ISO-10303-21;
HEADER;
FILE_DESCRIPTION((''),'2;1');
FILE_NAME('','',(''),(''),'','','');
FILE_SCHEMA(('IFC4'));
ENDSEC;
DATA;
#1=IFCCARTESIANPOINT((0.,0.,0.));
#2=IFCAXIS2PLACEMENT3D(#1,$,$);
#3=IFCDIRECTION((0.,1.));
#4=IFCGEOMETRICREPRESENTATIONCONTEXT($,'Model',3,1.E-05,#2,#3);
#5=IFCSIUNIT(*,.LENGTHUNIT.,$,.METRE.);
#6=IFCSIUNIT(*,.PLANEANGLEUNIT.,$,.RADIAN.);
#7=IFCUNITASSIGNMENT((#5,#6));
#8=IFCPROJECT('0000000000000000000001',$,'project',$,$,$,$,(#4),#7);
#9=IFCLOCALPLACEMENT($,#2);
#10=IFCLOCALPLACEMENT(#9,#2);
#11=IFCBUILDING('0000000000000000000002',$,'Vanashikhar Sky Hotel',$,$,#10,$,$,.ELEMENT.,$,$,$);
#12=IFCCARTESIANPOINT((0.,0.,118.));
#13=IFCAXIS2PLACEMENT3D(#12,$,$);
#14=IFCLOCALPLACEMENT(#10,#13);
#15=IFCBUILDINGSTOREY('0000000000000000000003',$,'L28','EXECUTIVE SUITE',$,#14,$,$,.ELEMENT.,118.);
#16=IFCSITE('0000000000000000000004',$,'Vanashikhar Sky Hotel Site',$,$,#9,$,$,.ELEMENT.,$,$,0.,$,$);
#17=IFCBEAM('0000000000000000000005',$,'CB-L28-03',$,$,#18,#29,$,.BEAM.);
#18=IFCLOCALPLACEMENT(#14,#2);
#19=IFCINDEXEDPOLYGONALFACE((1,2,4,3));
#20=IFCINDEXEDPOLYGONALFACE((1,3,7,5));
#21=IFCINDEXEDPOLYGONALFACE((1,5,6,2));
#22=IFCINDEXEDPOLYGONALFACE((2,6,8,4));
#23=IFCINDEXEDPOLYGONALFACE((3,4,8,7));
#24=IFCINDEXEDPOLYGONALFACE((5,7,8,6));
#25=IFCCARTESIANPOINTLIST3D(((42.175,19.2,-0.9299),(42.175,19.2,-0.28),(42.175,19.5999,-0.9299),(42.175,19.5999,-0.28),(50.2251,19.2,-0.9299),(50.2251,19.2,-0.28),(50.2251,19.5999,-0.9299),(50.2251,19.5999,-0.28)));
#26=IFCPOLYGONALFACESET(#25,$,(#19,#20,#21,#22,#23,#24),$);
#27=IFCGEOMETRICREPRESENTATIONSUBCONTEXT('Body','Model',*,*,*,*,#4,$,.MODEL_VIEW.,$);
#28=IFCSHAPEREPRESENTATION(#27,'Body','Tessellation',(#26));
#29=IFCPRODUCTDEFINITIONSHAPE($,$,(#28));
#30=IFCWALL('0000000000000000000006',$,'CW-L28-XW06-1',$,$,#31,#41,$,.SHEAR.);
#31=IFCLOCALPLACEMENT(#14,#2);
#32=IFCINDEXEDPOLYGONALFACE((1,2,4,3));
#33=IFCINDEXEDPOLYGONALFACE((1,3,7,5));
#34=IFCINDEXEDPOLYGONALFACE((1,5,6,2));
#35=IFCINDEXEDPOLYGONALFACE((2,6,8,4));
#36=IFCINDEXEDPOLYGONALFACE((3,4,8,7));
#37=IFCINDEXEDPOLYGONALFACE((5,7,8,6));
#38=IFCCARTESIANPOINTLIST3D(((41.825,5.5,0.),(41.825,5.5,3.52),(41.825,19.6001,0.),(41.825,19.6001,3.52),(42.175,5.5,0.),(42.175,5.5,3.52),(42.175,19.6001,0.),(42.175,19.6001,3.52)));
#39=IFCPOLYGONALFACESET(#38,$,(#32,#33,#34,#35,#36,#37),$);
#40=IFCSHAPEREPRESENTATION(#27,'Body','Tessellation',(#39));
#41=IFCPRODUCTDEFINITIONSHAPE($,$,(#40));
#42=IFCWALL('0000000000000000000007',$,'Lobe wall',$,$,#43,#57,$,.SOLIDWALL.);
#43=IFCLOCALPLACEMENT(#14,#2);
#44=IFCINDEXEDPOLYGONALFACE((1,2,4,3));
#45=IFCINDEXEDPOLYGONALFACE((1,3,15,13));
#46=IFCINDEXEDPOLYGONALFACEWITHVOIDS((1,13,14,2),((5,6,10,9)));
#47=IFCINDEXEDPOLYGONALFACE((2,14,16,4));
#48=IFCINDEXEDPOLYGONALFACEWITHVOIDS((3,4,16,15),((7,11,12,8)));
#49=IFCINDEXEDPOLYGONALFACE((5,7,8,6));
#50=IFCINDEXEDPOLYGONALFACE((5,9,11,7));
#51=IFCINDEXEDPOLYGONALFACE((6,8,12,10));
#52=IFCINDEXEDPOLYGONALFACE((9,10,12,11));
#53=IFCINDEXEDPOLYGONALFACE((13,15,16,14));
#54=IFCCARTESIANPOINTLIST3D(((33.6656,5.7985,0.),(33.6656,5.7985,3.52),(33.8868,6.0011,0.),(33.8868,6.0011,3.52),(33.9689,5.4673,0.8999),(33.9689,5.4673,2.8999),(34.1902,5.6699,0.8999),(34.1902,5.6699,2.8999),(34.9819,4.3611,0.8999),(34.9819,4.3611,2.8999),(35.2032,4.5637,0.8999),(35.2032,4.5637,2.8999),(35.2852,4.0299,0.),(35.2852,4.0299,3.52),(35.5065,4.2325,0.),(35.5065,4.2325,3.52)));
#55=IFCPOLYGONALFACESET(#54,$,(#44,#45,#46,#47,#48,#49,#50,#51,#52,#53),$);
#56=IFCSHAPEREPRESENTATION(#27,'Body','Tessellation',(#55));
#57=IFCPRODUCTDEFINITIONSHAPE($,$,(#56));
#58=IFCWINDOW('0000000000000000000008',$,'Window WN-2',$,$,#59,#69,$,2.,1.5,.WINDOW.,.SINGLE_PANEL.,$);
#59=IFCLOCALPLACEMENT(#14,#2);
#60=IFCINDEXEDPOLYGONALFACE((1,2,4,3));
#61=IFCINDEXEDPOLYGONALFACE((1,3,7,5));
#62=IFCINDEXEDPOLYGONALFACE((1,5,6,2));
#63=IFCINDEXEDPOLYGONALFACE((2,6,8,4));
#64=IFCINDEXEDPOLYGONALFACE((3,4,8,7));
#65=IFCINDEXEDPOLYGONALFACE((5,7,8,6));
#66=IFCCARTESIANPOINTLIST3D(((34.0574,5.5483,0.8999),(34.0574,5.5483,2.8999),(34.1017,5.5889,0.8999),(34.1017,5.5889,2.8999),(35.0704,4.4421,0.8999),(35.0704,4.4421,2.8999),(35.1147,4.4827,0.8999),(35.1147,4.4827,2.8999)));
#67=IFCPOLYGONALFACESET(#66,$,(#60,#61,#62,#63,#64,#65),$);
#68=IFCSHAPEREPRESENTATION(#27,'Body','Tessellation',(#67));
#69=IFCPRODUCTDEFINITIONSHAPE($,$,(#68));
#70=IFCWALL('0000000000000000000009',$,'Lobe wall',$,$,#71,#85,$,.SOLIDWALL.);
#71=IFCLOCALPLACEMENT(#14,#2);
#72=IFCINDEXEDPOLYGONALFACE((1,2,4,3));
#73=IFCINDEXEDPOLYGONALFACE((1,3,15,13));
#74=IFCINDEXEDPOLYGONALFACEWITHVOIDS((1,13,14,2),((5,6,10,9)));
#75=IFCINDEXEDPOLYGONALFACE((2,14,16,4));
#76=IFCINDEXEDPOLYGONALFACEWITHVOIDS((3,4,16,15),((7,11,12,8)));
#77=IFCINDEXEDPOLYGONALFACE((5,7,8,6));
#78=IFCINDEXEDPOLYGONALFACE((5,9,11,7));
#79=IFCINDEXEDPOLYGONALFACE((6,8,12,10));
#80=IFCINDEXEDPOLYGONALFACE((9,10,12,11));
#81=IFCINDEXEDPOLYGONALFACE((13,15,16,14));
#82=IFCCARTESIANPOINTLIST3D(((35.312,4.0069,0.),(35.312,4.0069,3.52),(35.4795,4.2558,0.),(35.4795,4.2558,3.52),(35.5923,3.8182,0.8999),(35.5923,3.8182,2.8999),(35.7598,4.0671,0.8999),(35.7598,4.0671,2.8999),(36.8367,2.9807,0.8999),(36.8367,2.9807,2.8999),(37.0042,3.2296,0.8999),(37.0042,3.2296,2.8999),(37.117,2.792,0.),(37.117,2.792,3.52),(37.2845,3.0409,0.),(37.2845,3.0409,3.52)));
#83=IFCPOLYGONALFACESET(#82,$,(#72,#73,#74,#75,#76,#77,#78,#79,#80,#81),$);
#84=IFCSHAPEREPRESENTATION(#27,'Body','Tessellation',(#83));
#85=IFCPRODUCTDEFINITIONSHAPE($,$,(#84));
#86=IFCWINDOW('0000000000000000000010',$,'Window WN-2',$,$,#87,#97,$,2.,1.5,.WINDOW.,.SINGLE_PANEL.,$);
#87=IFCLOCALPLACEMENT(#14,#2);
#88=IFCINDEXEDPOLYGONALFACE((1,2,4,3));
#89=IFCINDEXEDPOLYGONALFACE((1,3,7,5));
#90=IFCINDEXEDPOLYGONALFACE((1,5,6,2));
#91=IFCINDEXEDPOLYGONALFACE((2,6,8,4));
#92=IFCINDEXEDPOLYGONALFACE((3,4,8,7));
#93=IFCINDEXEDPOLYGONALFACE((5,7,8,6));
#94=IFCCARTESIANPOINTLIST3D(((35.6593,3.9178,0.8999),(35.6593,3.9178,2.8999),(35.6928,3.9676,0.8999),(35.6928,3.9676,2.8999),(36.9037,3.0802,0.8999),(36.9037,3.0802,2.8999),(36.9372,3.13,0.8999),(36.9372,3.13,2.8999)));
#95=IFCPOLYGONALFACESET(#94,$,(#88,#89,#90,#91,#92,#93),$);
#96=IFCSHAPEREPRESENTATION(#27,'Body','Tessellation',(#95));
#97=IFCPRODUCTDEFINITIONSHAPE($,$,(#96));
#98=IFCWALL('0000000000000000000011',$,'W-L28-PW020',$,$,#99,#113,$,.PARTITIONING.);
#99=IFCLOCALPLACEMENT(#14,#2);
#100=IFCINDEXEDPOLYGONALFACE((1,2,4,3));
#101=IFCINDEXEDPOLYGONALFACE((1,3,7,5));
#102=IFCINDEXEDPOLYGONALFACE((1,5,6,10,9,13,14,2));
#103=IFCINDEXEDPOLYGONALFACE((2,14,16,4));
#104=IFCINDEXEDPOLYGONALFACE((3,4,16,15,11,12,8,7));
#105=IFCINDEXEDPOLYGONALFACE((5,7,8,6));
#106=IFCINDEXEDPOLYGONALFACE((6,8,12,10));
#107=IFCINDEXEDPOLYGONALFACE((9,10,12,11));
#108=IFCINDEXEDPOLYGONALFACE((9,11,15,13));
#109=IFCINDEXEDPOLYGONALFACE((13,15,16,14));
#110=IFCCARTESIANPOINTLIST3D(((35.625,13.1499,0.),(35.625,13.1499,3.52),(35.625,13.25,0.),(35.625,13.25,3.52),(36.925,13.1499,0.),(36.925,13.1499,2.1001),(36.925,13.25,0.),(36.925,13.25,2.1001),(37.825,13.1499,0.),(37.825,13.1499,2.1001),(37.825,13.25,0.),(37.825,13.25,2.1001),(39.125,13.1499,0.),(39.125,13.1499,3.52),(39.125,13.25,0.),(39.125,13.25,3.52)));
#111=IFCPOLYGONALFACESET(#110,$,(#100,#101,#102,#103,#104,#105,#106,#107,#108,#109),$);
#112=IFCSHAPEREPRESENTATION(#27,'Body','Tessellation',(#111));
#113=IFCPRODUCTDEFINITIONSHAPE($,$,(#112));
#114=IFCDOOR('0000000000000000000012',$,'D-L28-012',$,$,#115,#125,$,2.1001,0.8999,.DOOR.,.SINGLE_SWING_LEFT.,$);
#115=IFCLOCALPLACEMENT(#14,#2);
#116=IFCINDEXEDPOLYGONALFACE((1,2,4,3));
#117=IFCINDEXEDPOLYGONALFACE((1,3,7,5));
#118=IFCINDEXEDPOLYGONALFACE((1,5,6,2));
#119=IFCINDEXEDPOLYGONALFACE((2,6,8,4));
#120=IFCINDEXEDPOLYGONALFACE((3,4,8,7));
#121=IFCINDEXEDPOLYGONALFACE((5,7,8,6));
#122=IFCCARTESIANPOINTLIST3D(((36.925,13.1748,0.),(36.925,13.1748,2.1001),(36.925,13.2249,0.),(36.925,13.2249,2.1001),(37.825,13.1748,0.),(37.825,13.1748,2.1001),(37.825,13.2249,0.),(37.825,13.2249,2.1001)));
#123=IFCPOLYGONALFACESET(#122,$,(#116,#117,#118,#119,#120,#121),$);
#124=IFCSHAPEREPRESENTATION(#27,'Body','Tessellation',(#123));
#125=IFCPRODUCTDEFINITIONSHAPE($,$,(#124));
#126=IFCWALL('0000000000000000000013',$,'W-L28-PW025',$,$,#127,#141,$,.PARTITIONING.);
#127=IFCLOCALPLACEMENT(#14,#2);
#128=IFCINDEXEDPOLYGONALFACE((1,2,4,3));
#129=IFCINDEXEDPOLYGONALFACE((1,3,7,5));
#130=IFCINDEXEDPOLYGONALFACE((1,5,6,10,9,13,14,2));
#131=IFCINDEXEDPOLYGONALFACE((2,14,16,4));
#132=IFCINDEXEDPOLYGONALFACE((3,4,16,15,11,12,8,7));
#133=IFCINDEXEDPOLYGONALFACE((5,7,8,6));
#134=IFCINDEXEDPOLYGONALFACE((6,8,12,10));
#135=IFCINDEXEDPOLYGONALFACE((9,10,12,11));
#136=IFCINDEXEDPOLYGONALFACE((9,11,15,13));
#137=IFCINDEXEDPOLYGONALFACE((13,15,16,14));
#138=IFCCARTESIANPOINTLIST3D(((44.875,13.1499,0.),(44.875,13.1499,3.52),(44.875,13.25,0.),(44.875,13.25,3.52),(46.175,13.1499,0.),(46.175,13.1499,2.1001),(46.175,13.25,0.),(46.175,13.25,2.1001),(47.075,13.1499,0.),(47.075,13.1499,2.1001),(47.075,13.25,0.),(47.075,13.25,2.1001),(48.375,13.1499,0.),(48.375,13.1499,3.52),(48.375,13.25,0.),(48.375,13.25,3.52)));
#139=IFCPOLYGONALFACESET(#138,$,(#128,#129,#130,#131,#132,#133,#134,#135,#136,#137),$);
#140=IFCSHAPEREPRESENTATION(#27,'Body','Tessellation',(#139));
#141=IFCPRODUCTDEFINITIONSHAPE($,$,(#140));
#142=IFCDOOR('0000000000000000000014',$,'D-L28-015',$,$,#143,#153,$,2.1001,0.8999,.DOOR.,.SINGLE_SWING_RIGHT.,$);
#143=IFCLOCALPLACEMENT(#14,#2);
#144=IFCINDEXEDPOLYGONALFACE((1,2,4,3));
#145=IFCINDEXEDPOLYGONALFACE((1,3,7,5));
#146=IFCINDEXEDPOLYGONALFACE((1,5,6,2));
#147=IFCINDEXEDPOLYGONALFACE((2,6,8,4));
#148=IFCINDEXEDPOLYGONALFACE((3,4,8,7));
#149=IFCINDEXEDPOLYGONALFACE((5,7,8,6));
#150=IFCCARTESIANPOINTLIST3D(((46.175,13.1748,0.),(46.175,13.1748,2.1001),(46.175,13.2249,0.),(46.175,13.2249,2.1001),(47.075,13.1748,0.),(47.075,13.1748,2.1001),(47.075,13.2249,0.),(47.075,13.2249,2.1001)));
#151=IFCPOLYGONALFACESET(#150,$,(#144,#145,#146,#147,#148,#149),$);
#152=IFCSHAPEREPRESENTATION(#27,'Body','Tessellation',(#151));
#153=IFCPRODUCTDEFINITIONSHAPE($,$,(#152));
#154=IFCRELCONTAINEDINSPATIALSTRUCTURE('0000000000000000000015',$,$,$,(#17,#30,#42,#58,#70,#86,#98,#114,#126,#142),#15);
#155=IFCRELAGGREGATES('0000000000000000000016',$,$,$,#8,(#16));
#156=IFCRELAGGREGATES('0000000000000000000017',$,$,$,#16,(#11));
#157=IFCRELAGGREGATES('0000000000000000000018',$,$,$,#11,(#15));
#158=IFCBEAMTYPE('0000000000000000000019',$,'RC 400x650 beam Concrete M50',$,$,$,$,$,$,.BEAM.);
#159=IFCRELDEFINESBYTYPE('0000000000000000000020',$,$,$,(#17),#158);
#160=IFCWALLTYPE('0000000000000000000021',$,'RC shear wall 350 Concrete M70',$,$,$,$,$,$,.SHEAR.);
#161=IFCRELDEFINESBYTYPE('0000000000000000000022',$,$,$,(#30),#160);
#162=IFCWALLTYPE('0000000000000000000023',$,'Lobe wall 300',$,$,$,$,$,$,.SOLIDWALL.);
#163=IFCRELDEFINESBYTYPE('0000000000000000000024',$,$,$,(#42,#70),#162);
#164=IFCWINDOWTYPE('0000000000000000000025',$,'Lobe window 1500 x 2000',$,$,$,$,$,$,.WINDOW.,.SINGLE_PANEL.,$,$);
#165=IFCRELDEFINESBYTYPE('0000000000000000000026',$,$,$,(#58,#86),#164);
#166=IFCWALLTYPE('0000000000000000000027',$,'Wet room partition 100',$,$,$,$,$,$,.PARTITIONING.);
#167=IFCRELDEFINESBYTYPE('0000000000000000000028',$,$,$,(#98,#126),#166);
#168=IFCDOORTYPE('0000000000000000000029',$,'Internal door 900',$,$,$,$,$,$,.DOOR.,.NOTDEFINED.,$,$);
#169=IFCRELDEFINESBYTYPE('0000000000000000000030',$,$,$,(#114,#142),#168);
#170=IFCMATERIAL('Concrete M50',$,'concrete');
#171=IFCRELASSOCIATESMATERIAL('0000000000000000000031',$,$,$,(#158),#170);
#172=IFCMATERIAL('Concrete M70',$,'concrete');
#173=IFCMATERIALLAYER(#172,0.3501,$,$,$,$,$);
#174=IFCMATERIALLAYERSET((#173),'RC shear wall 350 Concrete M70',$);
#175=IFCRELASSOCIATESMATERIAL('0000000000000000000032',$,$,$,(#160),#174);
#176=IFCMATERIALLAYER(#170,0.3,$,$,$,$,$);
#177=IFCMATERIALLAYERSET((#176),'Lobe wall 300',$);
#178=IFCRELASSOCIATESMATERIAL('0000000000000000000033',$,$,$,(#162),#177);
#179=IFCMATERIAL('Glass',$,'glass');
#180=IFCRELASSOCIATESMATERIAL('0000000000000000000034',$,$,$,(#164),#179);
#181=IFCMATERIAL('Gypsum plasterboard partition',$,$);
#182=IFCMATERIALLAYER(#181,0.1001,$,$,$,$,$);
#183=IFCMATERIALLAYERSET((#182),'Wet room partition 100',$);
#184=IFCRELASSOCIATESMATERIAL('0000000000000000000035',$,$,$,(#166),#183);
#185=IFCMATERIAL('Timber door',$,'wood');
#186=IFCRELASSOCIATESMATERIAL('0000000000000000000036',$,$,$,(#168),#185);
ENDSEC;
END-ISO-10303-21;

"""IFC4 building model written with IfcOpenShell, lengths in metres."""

from ifc_helpers import new_model, si_unit, direction, frame, frame_2d, origin, origin_2d, place, context, subcontext, project, spatial, rectangle, extrude, source, transform, mapped, material, layer, layer_set, material_profile, profile_set, type_object, element, fill, save


model = new_model("IFC4")

# Units and contexts
model_context = context("Model", 3, precision=1e-05, world=origin(), true_north=direction((0.0, 1.0)))
body_context = subcontext(model_context, "Body", "Model", "MODEL_VIEW")
ifc_project = project(units=[si_unit("LENGTHUNIT", "METRE"), si_unit("PLANEANGLEUNIT", "RADIAN")], contexts=[model_context])

# Site, building, storey
site_placement = place(None, origin())
site = spatial("IfcSite", under=ifc_project, at=site_placement, Name="Vanashikhar Sky Hotel Site", CompositionType="ELEMENT", RefElevation=0.0)
building_placement = place(site_placement, origin())
building = spatial("IfcBuilding", under=site, at=building_placement, Name="Vanashikhar Sky Hotel", CompositionType="ELEMENT")
storey_placement = place(building_placement, frame((0.0, 0.0, 118.0)))
storey = spatial("IfcBuildingStorey", under=building, at=storey_placement, Name="L28", Description="EXECUTIVE SUITE", CompositionType="ELEMENT", Elevation=118.0)

# Beam
ifc_material_1 = material(Name="Concrete M50", Category="concrete")
ifc_material_profile = material_profile(ifc_material_1, rectangle(XDim=0.3999, YDim=0.6499, at=origin_2d()))
ifc_profile_set = profile_set([ifc_material_profile], Name="RC 400x650 beam Concrete M50")
beam_type = type_object("IfcBeamType", Name="RC 400x650 beam Concrete M50", PredefinedType="BEAM", material=ifc_profile_set)
shared_shape_1 = source(origin(), body_context, "Body", "SweptSolid", [
    extrude(rectangle(XDim=0.3999, YDim=0.6499, at=origin_2d()), origin(), (0.0, 0.0, 1.0), 8.05),
])
beam_placement = place(storey_placement, frame((42.175, 19.3999, -0.605), z_axis=(1.0, 0.0, 0.0), x_axis=(0.0, 1.0, 0.0)))
element("IfcBeam", 1, at=beam_placement, inside=storey, type_object=beam_type, Name="CB-L28-03", PredefinedType="BEAM", context=body_context, shape_type="MappedRepresentation", body=[
    mapped(shared_shape_1, transform((0.0, 0.0, 0.0), scale=1.0)),
])

# Wall
ifc_material_2 = material(Name="Concrete M70", Category="concrete")
ifc_layer_1 = layer(ifc_material_2, 0.3501)
ifc_layer_set_1 = layer_set([ifc_layer_1], Name="RC shear wall 350 Concrete M70")
wall_type_1 = type_object("IfcWallType", Name="RC shear wall 350 Concrete M70", PredefinedType="SHEAR", material=ifc_layer_set_1)
shared_shape_2 = source(origin(), body_context, "Body", "SweptSolid", [
    extrude(rectangle(XDim=14.1001, YDim=0.3501, at=frame_2d((7.05, 0.0))), origin(), (0.0, 0.0, 1.0), 3.52),
])
wall_1_placement = place(storey_placement, frame((42.0, 5.5, 0.0), z_axis=(0.0, 0.0, 1.0), x_axis=(0.0, 1.0, 0.0)))
element("IfcWall", 2, at=wall_1_placement, inside=storey, type_object=wall_type_1, Name="CW-L28-XW06-1", PredefinedType="SHEAR", context=body_context, shape_type="MappedRepresentation", body=[
    mapped(shared_shape_2, transform((0.0, 0.0, 0.0), scale=1.0)),
])

# Walls, openings, windows
ifc_layer_2 = layer(ifc_material_1, 0.3)
ifc_layer_set_2 = layer_set([ifc_layer_2], Name="Lobe wall 300")
wall_type_2 = type_object("IfcWallType", Name="Lobe wall 300", PredefinedType="SOLIDWALL", material=ifc_layer_set_2)
shared_shape_3 = source(origin(), body_context, "Body", "SweptSolid", [
    extrude(rectangle(XDim=2.3982, YDim=0.3, at=frame_2d((1.1992, 0.0))), origin(), (0.0, 0.0, 1.0), 3.52),
])
wall_2_placement = place(storey_placement, frame((33.7761, 5.8999, 0.0), z_axis=(0.0, 0.0, 1.0), x_axis=(0.675374, -0.737475, 0.0)))
wall_2 = element("IfcWall", 3, at=wall_2_placement, inside=storey, type_object=wall_type_2, Name="Lobe wall", PredefinedType="SOLIDWALL", context=body_context, shape_type="MappedRepresentation", body=[
    mapped(shared_shape_3, transform((0.0, 0.0, 0.0), scale=1.0)),
])
shared_shape_4 = source(origin(), body_context, "Body", "SweptSolid", [
    extrude(rectangle(XDim=1.5, YDim=2.0, at=frame_2d((0.75, 1.0))), frame((0.0, 0.1602, 0.0), z_axis=(0.0, -1.0, 0.0), x_axis=(1.0, 0.0, 0.0)), (0.0, 0.0, 1.0), 0.3201),
])
opening_1_placement = place(wall_2_placement, frame((0.4492, 0.0, 0.8999)))
opening_1 = element("IfcOpeningElement", 4, at=opening_1_placement, cuts=wall_2, PredefinedType="OPENING", context=body_context, shape_type="MappedRepresentation", body=[
    mapped(shared_shape_4, transform((0.0, 0.0, 0.0), scale=1.0)),
])
ifc_material_3 = material(Name="Glass", Category="glass")
window_type = type_object("IfcWindowType", Name="Lobe window 1500 x 2000", PartitioningType="SINGLE_PANEL", PredefinedType="WINDOW", material=ifc_material_3)
shared_shape_5 = source(origin(), body_context, "Body", "SweptSolid", [
    extrude(rectangle(XDim=1.5, YDim=2.0, at=frame_2d((0.75, 1.0))), frame((0.0, 0.03, 0.0), z_axis=(0.0, -1.0, 0.0), x_axis=(1.0, 0.0, 0.0)), (0.0, 0.0, 1.0), 0.0601),
])
window_1_placement = place(opening_1_placement, origin())
window_1 = element("IfcWindow", 5, at=window_1_placement, inside=storey, type_object=window_type, Name="Window WN-2", OverallHeight=2.0, OverallWidth=1.5, PartitioningType="SINGLE_PANEL", PredefinedType="WINDOW", context=body_context, shape_type="MappedRepresentation", body=[
    mapped(shared_shape_5, transform((0.0, 0.0, 0.0), scale=1.0)),
])
fill(opening_1, window_1)
shared_shape_6 = source(origin(), body_context, "Body", "SweptSolid", [
    extrude(rectangle(XDim=2.1758, YDim=0.3, at=frame_2d((1.0879, 0.0))), origin(), (0.0, 0.0, 1.0), 3.52),
])
wall_3_placement = place(storey_placement, frame((35.3958, 4.1313, 0.0), z_axis=(0.0, 0.0, 1.0), x_axis=(0.829591, -0.558372, 0.0)))
wall_3 = element("IfcWall", 6, at=wall_3_placement, inside=storey, type_object=wall_type_2, Name="Lobe wall", PredefinedType="SOLIDWALL", context=body_context, shape_type="MappedRepresentation", body=[
    mapped(shared_shape_6, transform((0.0, 0.0, 0.0), scale=1.0)),
])
opening_2_placement = place(wall_3_placement, frame((0.3379, 0.0, 0.8999)))
opening_2 = element("IfcOpeningElement", 7, at=opening_2_placement, cuts=wall_3, PredefinedType="OPENING", context=body_context, shape_type="MappedRepresentation", body=[
    mapped(shared_shape_4, transform((0.0, 0.0, 0.0), scale=1.0)),
])
window_2_placement = place(opening_2_placement, origin())
window_2 = element("IfcWindow", 8, at=window_2_placement, inside=storey, type_object=window_type, Name="Window WN-2", OverallHeight=2.0, OverallWidth=1.5, PartitioningType="SINGLE_PANEL", PredefinedType="WINDOW", context=body_context, shape_type="MappedRepresentation", body=[
    mapped(shared_shape_5, transform((0.0, 0.0, 0.0), scale=1.0)),
])
fill(opening_2, window_2)

# Walls, openings, doors
ifc_material_4 = material(Name="Gypsum plasterboard partition")
ifc_layer_3 = layer(ifc_material_4, 0.1001)
ifc_layer_set_3 = layer_set([ifc_layer_3], Name="Wet room partition 100")
wall_type_3 = type_object("IfcWallType", Name="Wet room partition 100", PredefinedType="PARTITIONING", material=ifc_layer_set_3)
shared_shape_7 = source(origin(), body_context, "Body", "SweptSolid", [
    extrude(rectangle(XDim=3.5, YDim=0.1001, at=frame_2d((1.75, 0.0))), origin(), (0.0, 0.0, 1.0), 3.52),
])
wall_4_placement = place(storey_placement, frame((35.625, 13.2, 0.0), z_axis=(0.0, 0.0, 1.0), x_axis=(1.0, 0.0, 0.0)))
wall_4 = element("IfcWall", 9, at=wall_4_placement, inside=storey, type_object=wall_type_3, Name="W-L28-PW020", PredefinedType="PARTITIONING", context=body_context, shape_type="MappedRepresentation", body=[
    mapped(shared_shape_7, transform((0.0, 0.0, 0.0), scale=1.0)),
])
shared_shape_8 = source(origin(), body_context, "Body", "SweptSolid", [
    extrude(rectangle(XDim=0.8999, YDim=2.1001, at=frame_2d((0.45, 1.05))), frame((0.0, 0.0601, 0.0), z_axis=(0.0, -1.0, 0.0), x_axis=(1.0, 0.0, 0.0)), (0.0, 0.0, 1.0), 0.1201),
])
opening_3_placement = place(wall_4_placement, frame((1.3, 0.0, 0.0)))
opening_3 = element("IfcOpeningElement", 10, at=opening_3_placement, cuts=wall_4, PredefinedType="OPENING", context=body_context, shape_type="MappedRepresentation", body=[
    mapped(shared_shape_8, transform((0.0, 0.0, 0.0), scale=1.0)),
])
ifc_material_5 = material(Name="Timber door", Category="wood")
door_type_1 = type_object("IfcDoorType", Name="Internal door 900", OperationType="NOTDEFINED", PredefinedType="DOOR", material=ifc_material_5)
shared_shape_9 = source(origin(), body_context, "Body", "SweptSolid", [
    extrude(rectangle(XDim=0.8999, YDim=2.1001, at=frame_2d((0.45, 1.05))), frame((0.0, 0.0249, 0.0), z_axis=(0.0, -1.0, 0.0), x_axis=(1.0, 0.0, 0.0)), (0.0, 0.0, 1.0), 0.05),
])
door_1_placement = place(opening_3_placement, origin())
door_1 = element("IfcDoor", 11, at=door_1_placement, inside=storey, type_object=door_type_1, Name="D-L28-012", OperationType="SINGLE_SWING_LEFT", OverallHeight=2.1001, OverallWidth=0.8999, PredefinedType="DOOR", context=body_context, shape_type="MappedRepresentation", body=[
    mapped(shared_shape_9, transform((0.0, 0.0, 0.0), scale=1.0)),
])
fill(opening_3, door_1)
wall_5_placement = place(storey_placement, frame((44.875, 13.2, 0.0), z_axis=(0.0, 0.0, 1.0), x_axis=(1.0, 0.0, 0.0)))
wall_5 = element("IfcWall", 12, at=wall_5_placement, inside=storey, type_object=wall_type_3, Name="W-L28-PW025", PredefinedType="PARTITIONING", context=body_context, shape_type="MappedRepresentation", body=[
    mapped(shared_shape_7, transform((0.0, 0.0, 0.0), scale=1.0)),
])
opening_4_placement = place(wall_5_placement, frame((1.3, 0.0, 0.0)))
opening_4 = element("IfcOpeningElement", 13, at=opening_4_placement, cuts=wall_5, PredefinedType="OPENING", context=body_context, shape_type="MappedRepresentation", body=[
    mapped(shared_shape_8, transform((0.0, 0.0, 0.0), scale=1.0)),
])
door_2_placement = place(opening_4_placement, origin())
door_2 = element("IfcDoor", 14, at=door_2_placement, inside=storey, type_object=door_type_1, Name="D-L28-015", OperationType="SINGLE_SWING_RIGHT", OverallHeight=2.1001, OverallWidth=0.8999, PredefinedType="DOOR", context=body_context, shape_type="MappedRepresentation", body=[
    mapped(shared_shape_9, transform((0.0, 0.0, 0.0), scale=1.0)),
])
fill(opening_4, door_2)

save(model, "model.ifc")
